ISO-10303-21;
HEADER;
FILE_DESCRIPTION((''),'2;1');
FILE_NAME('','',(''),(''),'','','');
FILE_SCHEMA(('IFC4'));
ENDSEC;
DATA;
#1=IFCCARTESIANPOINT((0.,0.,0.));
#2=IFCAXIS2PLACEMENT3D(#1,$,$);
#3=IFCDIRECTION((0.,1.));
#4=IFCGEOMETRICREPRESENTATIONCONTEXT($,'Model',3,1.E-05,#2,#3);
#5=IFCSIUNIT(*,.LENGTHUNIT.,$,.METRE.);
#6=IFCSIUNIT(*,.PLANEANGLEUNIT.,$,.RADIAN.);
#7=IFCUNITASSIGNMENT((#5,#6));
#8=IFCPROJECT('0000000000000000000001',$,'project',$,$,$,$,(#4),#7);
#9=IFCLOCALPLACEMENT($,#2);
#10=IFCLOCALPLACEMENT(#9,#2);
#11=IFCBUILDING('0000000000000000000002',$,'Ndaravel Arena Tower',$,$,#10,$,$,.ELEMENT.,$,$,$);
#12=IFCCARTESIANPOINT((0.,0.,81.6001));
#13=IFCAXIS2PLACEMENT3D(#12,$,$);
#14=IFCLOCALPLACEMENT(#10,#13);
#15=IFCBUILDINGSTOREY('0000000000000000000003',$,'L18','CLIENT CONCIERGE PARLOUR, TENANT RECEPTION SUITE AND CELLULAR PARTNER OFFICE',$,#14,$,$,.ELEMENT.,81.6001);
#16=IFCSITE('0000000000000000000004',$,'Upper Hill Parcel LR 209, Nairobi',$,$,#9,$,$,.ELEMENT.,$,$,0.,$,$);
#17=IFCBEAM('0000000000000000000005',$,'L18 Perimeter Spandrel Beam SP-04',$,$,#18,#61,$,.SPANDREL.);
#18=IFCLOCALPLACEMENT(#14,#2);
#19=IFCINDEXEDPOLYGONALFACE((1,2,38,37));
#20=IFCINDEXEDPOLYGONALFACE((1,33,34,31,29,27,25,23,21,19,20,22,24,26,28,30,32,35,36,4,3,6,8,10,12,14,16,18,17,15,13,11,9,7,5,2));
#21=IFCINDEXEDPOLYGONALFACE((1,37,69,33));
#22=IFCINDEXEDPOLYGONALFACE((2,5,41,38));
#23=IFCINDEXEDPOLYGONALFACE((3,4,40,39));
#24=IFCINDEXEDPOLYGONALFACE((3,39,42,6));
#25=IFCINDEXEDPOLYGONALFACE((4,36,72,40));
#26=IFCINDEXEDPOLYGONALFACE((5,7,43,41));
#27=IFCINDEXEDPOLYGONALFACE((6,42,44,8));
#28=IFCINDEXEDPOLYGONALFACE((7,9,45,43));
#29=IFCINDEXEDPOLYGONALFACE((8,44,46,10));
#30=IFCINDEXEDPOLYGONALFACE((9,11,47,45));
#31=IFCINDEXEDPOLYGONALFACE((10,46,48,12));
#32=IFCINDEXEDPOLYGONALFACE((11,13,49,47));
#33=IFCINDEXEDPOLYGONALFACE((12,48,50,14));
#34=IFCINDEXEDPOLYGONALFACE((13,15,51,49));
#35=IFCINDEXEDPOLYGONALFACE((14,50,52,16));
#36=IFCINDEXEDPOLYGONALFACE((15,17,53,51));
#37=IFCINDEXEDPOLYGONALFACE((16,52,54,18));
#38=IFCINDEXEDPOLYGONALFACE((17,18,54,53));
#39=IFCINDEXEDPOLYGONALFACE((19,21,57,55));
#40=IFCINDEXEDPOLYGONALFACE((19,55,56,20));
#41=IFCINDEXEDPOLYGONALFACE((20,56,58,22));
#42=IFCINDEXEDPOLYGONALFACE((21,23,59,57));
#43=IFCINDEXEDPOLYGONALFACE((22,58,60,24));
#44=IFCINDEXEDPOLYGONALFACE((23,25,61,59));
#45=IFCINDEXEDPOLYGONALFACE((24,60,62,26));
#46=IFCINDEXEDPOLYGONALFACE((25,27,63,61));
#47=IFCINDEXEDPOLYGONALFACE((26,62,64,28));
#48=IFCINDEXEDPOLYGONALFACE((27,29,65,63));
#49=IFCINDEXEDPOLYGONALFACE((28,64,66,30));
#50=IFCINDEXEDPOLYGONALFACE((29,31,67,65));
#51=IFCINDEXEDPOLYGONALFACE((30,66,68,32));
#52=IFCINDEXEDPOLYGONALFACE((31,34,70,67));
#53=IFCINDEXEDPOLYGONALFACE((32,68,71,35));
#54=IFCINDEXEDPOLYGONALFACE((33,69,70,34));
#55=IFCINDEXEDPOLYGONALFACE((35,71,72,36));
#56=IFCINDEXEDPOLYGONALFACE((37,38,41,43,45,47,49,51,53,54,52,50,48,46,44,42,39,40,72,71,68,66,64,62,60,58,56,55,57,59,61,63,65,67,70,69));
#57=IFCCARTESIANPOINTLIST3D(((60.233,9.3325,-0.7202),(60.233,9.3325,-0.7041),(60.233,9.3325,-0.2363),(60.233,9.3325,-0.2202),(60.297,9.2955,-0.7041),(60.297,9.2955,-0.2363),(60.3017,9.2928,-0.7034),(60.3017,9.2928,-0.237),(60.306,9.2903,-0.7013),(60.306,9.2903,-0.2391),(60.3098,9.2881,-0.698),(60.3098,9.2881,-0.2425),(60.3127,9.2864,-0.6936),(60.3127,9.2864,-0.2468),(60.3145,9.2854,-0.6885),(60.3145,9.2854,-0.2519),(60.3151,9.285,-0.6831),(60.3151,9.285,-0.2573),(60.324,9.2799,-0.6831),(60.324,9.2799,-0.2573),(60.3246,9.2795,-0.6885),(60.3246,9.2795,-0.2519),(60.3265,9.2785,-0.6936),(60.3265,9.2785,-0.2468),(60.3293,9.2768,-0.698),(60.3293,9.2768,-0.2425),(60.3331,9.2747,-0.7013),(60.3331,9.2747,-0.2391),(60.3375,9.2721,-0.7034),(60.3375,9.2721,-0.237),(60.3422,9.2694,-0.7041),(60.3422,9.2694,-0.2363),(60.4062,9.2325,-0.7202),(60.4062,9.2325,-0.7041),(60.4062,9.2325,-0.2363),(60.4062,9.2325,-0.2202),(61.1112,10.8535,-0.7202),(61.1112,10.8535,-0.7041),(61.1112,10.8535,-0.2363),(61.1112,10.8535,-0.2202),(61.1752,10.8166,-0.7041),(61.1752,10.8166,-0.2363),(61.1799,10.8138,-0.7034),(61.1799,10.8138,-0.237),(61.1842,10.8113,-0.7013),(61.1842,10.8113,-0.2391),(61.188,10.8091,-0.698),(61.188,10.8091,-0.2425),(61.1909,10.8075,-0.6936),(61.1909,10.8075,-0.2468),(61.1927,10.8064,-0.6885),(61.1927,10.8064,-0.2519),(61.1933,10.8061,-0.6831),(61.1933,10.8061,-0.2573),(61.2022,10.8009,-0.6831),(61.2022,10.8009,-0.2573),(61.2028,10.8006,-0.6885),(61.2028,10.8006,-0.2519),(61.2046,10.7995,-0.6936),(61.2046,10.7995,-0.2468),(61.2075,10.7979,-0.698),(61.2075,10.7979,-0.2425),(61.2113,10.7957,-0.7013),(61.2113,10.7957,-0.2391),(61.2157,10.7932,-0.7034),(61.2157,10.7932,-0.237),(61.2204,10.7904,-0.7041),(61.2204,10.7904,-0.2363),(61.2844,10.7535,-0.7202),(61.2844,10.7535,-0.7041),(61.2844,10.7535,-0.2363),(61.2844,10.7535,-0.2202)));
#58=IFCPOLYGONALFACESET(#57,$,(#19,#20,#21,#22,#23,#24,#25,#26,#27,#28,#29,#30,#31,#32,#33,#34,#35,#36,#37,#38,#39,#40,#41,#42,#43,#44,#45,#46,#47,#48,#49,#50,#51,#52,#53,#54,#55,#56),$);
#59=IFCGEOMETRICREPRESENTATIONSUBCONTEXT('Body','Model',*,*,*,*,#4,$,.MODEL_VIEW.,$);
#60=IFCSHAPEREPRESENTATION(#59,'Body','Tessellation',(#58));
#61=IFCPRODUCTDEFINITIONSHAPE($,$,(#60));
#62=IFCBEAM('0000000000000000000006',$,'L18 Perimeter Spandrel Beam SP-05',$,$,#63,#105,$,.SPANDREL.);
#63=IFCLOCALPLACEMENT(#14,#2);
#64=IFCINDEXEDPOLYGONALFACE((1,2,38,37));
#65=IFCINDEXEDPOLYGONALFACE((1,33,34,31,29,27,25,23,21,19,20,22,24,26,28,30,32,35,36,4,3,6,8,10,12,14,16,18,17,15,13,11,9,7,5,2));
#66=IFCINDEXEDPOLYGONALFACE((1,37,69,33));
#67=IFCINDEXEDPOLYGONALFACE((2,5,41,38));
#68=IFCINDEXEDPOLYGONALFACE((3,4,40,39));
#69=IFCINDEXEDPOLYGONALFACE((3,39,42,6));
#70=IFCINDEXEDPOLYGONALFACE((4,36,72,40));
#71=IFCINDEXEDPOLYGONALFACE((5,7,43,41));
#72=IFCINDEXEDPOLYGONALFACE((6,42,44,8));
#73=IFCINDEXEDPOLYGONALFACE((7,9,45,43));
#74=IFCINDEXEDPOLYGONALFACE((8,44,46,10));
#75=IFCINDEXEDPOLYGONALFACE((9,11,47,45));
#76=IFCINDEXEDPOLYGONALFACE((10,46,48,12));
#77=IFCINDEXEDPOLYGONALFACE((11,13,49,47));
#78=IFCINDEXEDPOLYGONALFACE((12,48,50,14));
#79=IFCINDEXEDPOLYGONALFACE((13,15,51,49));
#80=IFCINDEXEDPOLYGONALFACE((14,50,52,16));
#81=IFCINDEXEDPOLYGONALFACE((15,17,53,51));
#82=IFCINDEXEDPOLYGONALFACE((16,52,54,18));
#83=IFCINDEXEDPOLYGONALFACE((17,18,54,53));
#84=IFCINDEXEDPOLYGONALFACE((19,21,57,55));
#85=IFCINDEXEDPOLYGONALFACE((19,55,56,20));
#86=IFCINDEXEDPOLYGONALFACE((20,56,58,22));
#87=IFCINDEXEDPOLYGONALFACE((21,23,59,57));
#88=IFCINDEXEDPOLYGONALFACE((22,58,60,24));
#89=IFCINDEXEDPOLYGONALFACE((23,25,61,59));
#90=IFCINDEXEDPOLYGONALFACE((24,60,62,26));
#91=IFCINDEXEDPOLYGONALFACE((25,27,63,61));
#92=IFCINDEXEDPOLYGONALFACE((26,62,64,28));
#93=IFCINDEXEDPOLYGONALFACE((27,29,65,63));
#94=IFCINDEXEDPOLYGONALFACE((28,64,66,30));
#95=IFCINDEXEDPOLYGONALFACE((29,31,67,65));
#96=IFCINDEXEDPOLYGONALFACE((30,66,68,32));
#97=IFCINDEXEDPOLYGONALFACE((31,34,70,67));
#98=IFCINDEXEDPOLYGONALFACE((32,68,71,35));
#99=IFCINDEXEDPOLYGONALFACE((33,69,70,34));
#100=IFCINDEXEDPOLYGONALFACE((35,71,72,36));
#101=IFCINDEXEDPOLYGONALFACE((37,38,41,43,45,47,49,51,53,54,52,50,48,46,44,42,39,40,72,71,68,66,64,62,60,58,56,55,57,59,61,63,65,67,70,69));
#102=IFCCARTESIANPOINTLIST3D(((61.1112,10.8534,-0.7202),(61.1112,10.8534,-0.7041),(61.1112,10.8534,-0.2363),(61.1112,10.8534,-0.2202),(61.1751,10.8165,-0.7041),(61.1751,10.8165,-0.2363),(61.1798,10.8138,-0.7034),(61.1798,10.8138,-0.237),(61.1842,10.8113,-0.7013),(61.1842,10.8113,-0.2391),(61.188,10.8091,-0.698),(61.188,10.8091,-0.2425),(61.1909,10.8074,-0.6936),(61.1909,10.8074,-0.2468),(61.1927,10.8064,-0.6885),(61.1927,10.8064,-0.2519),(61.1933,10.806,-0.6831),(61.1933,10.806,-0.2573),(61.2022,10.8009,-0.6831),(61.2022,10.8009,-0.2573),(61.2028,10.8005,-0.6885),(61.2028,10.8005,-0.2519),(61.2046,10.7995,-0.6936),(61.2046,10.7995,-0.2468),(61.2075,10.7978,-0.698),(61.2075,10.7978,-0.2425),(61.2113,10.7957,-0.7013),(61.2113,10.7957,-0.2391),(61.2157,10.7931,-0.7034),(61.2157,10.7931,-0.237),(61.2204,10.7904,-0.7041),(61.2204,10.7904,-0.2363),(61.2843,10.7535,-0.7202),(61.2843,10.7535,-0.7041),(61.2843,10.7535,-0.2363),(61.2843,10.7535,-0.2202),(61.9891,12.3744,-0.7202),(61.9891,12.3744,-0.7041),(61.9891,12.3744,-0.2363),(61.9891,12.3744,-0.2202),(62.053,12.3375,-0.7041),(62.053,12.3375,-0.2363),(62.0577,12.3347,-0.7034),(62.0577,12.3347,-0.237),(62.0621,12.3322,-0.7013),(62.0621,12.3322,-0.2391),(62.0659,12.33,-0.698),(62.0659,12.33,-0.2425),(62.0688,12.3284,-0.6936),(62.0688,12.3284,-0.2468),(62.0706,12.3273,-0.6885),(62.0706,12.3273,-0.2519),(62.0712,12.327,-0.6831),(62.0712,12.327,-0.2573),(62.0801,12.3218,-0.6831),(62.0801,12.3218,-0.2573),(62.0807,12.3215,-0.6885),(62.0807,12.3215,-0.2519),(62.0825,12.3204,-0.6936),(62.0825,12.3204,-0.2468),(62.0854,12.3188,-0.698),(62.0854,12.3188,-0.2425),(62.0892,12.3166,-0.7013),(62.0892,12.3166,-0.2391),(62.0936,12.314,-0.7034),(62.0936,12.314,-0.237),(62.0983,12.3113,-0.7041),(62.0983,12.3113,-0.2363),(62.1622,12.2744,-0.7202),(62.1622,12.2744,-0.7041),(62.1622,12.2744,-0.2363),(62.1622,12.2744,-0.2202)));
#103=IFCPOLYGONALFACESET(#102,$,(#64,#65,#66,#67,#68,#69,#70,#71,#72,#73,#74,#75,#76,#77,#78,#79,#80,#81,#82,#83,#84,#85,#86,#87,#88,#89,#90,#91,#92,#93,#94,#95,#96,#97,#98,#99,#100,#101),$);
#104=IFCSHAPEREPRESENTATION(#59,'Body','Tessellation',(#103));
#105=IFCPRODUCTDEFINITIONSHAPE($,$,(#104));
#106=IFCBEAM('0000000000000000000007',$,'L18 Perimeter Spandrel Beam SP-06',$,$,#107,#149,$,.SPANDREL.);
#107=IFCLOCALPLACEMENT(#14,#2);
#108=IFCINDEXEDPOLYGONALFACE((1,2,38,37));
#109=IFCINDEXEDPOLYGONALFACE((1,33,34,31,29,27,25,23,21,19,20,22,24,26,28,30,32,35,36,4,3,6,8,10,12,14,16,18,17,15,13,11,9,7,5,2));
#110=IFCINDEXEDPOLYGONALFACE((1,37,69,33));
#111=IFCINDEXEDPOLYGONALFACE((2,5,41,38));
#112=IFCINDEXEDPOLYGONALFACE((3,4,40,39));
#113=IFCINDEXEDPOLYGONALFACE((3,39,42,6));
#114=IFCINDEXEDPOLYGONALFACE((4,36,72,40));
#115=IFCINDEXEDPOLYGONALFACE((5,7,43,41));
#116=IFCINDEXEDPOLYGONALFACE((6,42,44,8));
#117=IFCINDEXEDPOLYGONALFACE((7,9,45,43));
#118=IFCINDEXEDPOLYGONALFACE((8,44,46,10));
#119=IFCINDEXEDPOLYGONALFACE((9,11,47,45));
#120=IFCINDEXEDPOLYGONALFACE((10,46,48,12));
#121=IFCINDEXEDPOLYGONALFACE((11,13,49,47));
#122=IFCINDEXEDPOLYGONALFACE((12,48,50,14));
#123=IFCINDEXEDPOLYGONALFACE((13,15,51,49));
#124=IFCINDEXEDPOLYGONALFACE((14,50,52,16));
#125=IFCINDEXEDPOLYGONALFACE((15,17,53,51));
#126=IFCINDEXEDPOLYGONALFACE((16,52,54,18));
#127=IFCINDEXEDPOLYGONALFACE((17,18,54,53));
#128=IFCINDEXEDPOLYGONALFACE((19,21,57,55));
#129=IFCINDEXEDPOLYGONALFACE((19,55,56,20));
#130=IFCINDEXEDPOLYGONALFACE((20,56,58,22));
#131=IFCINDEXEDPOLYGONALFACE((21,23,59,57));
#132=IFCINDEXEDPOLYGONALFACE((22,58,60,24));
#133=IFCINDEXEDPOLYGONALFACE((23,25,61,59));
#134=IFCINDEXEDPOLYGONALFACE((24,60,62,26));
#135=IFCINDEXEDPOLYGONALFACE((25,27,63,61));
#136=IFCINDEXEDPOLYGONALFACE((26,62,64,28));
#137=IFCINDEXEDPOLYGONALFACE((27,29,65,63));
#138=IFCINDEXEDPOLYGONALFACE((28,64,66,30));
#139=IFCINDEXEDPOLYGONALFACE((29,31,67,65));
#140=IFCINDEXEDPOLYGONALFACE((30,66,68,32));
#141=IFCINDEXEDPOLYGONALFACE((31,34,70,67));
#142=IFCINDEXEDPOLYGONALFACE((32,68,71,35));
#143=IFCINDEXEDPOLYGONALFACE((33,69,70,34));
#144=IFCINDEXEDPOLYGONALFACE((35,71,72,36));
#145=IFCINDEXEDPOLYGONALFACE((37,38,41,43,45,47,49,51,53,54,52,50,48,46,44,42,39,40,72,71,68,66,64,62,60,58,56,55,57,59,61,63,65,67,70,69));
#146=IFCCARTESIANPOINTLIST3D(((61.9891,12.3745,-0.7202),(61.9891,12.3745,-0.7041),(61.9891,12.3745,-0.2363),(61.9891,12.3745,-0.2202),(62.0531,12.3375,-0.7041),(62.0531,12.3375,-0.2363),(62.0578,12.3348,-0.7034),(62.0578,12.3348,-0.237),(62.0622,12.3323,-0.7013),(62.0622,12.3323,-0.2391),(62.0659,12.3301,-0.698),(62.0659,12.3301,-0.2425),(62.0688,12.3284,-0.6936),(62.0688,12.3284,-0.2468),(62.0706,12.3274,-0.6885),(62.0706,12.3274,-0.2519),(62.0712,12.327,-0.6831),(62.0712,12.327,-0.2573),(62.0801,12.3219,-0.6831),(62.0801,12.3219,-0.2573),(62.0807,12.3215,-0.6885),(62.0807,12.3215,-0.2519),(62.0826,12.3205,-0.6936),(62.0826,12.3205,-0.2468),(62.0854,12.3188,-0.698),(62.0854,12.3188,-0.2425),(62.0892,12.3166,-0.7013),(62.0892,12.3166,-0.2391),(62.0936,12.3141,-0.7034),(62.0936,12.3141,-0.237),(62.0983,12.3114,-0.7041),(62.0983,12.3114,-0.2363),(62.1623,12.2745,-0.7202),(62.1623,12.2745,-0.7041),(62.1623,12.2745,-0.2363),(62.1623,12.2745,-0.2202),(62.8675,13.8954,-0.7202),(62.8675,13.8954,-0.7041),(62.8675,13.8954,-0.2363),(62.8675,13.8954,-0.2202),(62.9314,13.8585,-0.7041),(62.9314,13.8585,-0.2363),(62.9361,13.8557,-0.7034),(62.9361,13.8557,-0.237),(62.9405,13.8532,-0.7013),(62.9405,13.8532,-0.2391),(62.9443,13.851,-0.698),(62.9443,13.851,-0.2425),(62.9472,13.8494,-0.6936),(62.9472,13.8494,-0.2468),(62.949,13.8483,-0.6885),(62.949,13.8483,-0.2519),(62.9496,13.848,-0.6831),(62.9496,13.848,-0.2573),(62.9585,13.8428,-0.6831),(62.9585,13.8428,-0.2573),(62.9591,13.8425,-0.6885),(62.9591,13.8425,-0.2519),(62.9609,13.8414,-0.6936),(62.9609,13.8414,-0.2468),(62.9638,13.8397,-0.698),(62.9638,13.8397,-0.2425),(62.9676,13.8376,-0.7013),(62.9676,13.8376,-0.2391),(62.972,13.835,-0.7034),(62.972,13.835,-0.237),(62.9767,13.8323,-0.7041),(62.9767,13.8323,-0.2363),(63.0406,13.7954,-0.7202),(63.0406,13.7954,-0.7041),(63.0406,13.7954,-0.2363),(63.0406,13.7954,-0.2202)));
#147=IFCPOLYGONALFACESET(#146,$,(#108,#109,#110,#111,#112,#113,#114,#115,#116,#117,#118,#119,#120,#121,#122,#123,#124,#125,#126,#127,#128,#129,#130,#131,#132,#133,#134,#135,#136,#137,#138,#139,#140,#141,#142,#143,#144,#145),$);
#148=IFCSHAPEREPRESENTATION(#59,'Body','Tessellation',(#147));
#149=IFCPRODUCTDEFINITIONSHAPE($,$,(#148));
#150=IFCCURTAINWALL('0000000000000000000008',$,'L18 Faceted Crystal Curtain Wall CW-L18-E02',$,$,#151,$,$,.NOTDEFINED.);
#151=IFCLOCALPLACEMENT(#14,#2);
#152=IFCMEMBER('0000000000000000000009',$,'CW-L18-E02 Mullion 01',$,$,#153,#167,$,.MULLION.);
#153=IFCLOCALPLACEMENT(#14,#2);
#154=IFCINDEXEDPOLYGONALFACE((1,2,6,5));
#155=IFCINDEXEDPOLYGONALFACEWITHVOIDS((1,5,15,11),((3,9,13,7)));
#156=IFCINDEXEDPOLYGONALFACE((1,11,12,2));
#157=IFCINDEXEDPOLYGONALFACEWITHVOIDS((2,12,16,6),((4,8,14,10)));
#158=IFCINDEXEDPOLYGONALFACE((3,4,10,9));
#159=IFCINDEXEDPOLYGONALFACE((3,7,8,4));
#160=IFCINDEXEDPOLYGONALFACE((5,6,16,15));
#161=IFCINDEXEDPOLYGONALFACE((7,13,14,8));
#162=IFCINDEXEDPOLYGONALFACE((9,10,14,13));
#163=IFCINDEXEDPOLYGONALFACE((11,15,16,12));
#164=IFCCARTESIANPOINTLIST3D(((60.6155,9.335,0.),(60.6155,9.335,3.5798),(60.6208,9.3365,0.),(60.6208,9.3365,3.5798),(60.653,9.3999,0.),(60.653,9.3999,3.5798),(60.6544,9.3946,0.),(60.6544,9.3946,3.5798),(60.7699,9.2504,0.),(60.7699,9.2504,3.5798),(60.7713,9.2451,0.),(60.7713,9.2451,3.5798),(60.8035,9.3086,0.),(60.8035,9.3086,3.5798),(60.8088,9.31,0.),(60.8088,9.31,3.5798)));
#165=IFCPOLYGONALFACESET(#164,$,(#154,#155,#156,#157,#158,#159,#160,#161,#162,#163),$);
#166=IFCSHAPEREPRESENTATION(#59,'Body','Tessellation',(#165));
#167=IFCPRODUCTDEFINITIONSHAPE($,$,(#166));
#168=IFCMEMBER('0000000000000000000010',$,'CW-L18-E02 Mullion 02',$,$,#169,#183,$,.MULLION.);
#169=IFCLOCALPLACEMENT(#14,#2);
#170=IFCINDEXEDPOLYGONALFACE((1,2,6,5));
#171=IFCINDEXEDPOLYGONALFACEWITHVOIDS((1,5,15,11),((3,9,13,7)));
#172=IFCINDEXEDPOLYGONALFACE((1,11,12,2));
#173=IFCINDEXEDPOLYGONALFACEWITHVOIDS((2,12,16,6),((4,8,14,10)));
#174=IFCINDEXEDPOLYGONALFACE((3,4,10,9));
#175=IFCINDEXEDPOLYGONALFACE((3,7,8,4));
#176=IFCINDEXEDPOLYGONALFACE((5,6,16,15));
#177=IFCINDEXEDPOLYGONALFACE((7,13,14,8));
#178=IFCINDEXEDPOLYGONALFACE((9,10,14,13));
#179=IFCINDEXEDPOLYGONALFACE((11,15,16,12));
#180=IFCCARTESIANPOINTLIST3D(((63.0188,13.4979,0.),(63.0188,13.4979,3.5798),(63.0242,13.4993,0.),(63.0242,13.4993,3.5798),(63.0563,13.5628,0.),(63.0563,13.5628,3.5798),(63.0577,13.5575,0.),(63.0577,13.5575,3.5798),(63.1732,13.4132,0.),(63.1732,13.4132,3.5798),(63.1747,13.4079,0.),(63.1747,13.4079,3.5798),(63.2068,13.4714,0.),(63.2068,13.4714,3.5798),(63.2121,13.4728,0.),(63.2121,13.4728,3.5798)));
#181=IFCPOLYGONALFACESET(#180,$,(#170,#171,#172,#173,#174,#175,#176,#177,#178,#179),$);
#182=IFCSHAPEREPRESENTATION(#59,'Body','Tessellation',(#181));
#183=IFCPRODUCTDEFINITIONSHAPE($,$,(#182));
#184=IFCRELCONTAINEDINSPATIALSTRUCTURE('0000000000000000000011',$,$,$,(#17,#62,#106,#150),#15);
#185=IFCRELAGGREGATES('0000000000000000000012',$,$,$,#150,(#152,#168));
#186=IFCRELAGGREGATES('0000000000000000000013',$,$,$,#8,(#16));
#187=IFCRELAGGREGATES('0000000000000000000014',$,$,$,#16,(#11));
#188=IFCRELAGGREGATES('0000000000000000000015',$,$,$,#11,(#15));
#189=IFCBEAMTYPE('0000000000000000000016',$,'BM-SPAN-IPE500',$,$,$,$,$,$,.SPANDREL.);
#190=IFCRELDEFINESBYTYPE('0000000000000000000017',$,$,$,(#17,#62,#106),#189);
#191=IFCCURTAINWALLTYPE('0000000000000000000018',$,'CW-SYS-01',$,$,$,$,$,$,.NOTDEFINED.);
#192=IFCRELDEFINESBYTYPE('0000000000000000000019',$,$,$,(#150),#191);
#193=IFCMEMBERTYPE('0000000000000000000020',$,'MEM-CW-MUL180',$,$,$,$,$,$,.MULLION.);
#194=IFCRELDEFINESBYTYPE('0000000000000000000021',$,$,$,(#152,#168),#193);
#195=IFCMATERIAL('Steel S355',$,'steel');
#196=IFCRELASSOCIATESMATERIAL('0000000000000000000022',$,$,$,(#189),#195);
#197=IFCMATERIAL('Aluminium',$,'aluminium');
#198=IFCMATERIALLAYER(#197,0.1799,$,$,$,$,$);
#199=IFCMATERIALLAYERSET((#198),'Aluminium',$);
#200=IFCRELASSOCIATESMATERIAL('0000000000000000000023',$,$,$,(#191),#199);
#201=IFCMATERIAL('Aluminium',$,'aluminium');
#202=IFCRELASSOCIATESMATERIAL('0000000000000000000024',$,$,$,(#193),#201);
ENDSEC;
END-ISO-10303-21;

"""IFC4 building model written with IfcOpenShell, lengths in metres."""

from ifc_helpers import new_model, si_unit, direction, frame, origin, origin_2d, place, context, subcontext, project, spatial, hollow_rectangle, i_section, extrude, material, layer, layer_set, material_profile, profile_set, type_object, element, aggregate, save


model = new_model("IFC4")

# Units and contexts
model_context = context("Model", 3, precision=1e-05, world=origin(), true_north=direction((0.0, 1.0)))
body_context = subcontext(model_context, "Body", "Model", "MODEL_VIEW")
ifc_project = project(units=[si_unit("LENGTHUNIT", "METRE"), si_unit("PLANEANGLEUNIT", "RADIAN")], contexts=[model_context])

# Site, building, storey
site_placement = place(None, origin())
site = spatial("IfcSite", under=ifc_project, at=site_placement, Name="Upper Hill Parcel LR 209, Nairobi", CompositionType="ELEMENT", RefElevation=0.0)
building_placement = place(site_placement, origin())
building = spatial("IfcBuilding", under=site, at=building_placement, Name="Ndaravel Arena Tower", CompositionType="ELEMENT")
storey_placement = place(building_placement, frame((0.0, 0.0, 81.6001)))
storey = spatial("IfcBuildingStorey", under=building, at=storey_placement, Name="L18", Description="CLIENT CONCIERGE PARLOUR, TENANT RECEPTION SUITE AND CELLULAR PARTNER OFFICE", CompositionType="ELEMENT", Elevation=81.6001)

# Beams
ifc_material_1 = material(Name="Steel S355", Category="steel")
ifc_material_profile_1 = material_profile(ifc_material_1, i_section(OverallWidth=0.2, OverallDepth=0.5, WebThickness=0.0103, FlangeThickness=0.0161, FilletRadius=0.021, at=origin_2d()), Name="IPE 500")
ifc_profile_set_1 = profile_set([ifc_material_profile_1], Name="Steel S355")
beam_type = type_object("IfcBeamType", Name="BM-SPAN-IPE500", PredefinedType="SPANDREL", material=ifc_profile_set_1)
for number, where, z_axis, x_axis, name in (
    (1, (60.3196, 9.2825, -0.4702), (0.500011, 0.866019, 0.0), (-0.866019, 0.500011, 0.0), "L18 Perimeter Spandrel Beam SP-04"),
):
    element("IfcBeam", number, at=place(storey_placement, frame(where, z_axis=z_axis, x_axis=x_axis)), inside=storey, type_object=beam_type, Name=name, PredefinedType="SPANDREL", context=body_context, shape_type="SweptSolid", body=[
        extrude(i_section(OverallWidth=0.2, OverallDepth=0.5, WebThickness=0.0103, FlangeThickness=0.0161, FilletRadius=0.021, at=origin_2d()), origin(), (0.0, 0.0, 1.0), 1.7563),
    ])
beam_1_placement = place(storey_placement, frame((61.1978, 10.8035, -0.4702), z_axis=(0.499907, 0.866079, 0.0), x_axis=(-0.866079, 0.499907, 0.0)))
element("IfcBeam", 2, at=beam_1_placement, inside=storey, type_object=beam_type, Name="L18 Perimeter Spandrel Beam SP-05", PredefinedType="SPANDREL", context=body_context, shape_type="SweptSolid", body=[
    extrude(i_section(OverallWidth=0.2, OverallDepth=0.5, WebThickness=0.0103, FlangeThickness=0.0161, FilletRadius=0.021, at=origin_2d()), origin(), (0.0, 0.0, 1.0), 1.7561),
])
beam_2_placement = place(storey_placement, frame((62.0757, 12.3245, -0.4702), z_axis=(0.500115, 0.865959, 0.0), x_axis=(-0.865959, 0.500115, 0.0)))
element("IfcBeam", 3, at=beam_2_placement, inside=storey, type_object=beam_type, Name="L18 Perimeter Spandrel Beam SP-06", PredefinedType="SPANDREL", context=body_context, shape_type="SweptSolid", body=[
    extrude(i_section(OverallWidth=0.2, OverallDepth=0.5, WebThickness=0.0103, FlangeThickness=0.0161, FilletRadius=0.021, at=origin_2d()), origin(), (0.0, 0.0, 1.0), 1.7563),
])

# Curtain wall, members
ifc_material_2 = material(Name="Aluminium", Category="aluminium")
ifc_layer_1 = layer(ifc_material_2, 0.1799)
ifc_layer_set_1 = layer_set([ifc_layer_1], Name="Aluminium")
curtain_wall_type = type_object("IfcCurtainWallType", Name="CW-SYS-01", PredefinedType="NOTDEFINED", material=ifc_layer_set_1)
curtain_wall_placement = place(storey_placement, origin())
curtain_wall = element("IfcCurtainWall", 4, at=curtain_wall_placement, inside=storey, type_object=curtain_wall_type, Name="L18 Faceted Crystal Curtain Wall CW-L18-E02", PredefinedType="NOTDEFINED")
ifc_material_3 = material(Name="Aluminium", Category="aluminium")
ifc_material_profile_2 = material_profile(ifc_material_3, hollow_rectangle(XDim=0.075, YDim=0.1799, WallThickness=0.0039, at=origin_2d()), Name="CW MULLION 75x180x4")
ifc_profile_set_2 = profile_set([ifc_material_profile_2], Name="Aluminium")
member_type_1 = type_object("IfcMemberType", Name="MEM-CW-MUL180", PredefinedType="MULLION", material=ifc_profile_set_2)
member_1_placement = place(storey_placement, frame((60.7122, 9.3225, 0.0), z_axis=(0.0, 0.0, 1.0), x_axis=(0.5, 0.866025, 0.0)))
member_1 = element("IfcMember", 5, at=member_1_placement, type_object=member_type_1, Name="CW-L18-E02 Mullion 01", PredefinedType="MULLION", context=body_context, shape_type="SweptSolid", body=[
    extrude(hollow_rectangle(XDim=0.075, YDim=0.1799, WallThickness=0.0039, at=origin_2d()), origin(), (0.0, 0.0, 1.0), 3.5798),
])
member_2_placement = place(storey_placement, frame((63.1155, 13.4854, 0.0), z_axis=(0.0, 0.0, 1.0), x_axis=(0.5, 0.866025, 0.0)))
member_2 = element("IfcMember", 6, at=member_2_placement, type_object=member_type_1, Name="CW-L18-E02 Mullion 02", PredefinedType="MULLION", context=body_context, shape_type="SweptSolid", body=[
    extrude(hollow_rectangle(XDim=0.075, YDim=0.1799, WallThickness=0.0039, at=origin_2d()), origin(), (0.0, 0.0, 1.0), 3.5798),
])
aggregate(curtain_wall, [member_1, member_2])

save(model, "model.ifc")
